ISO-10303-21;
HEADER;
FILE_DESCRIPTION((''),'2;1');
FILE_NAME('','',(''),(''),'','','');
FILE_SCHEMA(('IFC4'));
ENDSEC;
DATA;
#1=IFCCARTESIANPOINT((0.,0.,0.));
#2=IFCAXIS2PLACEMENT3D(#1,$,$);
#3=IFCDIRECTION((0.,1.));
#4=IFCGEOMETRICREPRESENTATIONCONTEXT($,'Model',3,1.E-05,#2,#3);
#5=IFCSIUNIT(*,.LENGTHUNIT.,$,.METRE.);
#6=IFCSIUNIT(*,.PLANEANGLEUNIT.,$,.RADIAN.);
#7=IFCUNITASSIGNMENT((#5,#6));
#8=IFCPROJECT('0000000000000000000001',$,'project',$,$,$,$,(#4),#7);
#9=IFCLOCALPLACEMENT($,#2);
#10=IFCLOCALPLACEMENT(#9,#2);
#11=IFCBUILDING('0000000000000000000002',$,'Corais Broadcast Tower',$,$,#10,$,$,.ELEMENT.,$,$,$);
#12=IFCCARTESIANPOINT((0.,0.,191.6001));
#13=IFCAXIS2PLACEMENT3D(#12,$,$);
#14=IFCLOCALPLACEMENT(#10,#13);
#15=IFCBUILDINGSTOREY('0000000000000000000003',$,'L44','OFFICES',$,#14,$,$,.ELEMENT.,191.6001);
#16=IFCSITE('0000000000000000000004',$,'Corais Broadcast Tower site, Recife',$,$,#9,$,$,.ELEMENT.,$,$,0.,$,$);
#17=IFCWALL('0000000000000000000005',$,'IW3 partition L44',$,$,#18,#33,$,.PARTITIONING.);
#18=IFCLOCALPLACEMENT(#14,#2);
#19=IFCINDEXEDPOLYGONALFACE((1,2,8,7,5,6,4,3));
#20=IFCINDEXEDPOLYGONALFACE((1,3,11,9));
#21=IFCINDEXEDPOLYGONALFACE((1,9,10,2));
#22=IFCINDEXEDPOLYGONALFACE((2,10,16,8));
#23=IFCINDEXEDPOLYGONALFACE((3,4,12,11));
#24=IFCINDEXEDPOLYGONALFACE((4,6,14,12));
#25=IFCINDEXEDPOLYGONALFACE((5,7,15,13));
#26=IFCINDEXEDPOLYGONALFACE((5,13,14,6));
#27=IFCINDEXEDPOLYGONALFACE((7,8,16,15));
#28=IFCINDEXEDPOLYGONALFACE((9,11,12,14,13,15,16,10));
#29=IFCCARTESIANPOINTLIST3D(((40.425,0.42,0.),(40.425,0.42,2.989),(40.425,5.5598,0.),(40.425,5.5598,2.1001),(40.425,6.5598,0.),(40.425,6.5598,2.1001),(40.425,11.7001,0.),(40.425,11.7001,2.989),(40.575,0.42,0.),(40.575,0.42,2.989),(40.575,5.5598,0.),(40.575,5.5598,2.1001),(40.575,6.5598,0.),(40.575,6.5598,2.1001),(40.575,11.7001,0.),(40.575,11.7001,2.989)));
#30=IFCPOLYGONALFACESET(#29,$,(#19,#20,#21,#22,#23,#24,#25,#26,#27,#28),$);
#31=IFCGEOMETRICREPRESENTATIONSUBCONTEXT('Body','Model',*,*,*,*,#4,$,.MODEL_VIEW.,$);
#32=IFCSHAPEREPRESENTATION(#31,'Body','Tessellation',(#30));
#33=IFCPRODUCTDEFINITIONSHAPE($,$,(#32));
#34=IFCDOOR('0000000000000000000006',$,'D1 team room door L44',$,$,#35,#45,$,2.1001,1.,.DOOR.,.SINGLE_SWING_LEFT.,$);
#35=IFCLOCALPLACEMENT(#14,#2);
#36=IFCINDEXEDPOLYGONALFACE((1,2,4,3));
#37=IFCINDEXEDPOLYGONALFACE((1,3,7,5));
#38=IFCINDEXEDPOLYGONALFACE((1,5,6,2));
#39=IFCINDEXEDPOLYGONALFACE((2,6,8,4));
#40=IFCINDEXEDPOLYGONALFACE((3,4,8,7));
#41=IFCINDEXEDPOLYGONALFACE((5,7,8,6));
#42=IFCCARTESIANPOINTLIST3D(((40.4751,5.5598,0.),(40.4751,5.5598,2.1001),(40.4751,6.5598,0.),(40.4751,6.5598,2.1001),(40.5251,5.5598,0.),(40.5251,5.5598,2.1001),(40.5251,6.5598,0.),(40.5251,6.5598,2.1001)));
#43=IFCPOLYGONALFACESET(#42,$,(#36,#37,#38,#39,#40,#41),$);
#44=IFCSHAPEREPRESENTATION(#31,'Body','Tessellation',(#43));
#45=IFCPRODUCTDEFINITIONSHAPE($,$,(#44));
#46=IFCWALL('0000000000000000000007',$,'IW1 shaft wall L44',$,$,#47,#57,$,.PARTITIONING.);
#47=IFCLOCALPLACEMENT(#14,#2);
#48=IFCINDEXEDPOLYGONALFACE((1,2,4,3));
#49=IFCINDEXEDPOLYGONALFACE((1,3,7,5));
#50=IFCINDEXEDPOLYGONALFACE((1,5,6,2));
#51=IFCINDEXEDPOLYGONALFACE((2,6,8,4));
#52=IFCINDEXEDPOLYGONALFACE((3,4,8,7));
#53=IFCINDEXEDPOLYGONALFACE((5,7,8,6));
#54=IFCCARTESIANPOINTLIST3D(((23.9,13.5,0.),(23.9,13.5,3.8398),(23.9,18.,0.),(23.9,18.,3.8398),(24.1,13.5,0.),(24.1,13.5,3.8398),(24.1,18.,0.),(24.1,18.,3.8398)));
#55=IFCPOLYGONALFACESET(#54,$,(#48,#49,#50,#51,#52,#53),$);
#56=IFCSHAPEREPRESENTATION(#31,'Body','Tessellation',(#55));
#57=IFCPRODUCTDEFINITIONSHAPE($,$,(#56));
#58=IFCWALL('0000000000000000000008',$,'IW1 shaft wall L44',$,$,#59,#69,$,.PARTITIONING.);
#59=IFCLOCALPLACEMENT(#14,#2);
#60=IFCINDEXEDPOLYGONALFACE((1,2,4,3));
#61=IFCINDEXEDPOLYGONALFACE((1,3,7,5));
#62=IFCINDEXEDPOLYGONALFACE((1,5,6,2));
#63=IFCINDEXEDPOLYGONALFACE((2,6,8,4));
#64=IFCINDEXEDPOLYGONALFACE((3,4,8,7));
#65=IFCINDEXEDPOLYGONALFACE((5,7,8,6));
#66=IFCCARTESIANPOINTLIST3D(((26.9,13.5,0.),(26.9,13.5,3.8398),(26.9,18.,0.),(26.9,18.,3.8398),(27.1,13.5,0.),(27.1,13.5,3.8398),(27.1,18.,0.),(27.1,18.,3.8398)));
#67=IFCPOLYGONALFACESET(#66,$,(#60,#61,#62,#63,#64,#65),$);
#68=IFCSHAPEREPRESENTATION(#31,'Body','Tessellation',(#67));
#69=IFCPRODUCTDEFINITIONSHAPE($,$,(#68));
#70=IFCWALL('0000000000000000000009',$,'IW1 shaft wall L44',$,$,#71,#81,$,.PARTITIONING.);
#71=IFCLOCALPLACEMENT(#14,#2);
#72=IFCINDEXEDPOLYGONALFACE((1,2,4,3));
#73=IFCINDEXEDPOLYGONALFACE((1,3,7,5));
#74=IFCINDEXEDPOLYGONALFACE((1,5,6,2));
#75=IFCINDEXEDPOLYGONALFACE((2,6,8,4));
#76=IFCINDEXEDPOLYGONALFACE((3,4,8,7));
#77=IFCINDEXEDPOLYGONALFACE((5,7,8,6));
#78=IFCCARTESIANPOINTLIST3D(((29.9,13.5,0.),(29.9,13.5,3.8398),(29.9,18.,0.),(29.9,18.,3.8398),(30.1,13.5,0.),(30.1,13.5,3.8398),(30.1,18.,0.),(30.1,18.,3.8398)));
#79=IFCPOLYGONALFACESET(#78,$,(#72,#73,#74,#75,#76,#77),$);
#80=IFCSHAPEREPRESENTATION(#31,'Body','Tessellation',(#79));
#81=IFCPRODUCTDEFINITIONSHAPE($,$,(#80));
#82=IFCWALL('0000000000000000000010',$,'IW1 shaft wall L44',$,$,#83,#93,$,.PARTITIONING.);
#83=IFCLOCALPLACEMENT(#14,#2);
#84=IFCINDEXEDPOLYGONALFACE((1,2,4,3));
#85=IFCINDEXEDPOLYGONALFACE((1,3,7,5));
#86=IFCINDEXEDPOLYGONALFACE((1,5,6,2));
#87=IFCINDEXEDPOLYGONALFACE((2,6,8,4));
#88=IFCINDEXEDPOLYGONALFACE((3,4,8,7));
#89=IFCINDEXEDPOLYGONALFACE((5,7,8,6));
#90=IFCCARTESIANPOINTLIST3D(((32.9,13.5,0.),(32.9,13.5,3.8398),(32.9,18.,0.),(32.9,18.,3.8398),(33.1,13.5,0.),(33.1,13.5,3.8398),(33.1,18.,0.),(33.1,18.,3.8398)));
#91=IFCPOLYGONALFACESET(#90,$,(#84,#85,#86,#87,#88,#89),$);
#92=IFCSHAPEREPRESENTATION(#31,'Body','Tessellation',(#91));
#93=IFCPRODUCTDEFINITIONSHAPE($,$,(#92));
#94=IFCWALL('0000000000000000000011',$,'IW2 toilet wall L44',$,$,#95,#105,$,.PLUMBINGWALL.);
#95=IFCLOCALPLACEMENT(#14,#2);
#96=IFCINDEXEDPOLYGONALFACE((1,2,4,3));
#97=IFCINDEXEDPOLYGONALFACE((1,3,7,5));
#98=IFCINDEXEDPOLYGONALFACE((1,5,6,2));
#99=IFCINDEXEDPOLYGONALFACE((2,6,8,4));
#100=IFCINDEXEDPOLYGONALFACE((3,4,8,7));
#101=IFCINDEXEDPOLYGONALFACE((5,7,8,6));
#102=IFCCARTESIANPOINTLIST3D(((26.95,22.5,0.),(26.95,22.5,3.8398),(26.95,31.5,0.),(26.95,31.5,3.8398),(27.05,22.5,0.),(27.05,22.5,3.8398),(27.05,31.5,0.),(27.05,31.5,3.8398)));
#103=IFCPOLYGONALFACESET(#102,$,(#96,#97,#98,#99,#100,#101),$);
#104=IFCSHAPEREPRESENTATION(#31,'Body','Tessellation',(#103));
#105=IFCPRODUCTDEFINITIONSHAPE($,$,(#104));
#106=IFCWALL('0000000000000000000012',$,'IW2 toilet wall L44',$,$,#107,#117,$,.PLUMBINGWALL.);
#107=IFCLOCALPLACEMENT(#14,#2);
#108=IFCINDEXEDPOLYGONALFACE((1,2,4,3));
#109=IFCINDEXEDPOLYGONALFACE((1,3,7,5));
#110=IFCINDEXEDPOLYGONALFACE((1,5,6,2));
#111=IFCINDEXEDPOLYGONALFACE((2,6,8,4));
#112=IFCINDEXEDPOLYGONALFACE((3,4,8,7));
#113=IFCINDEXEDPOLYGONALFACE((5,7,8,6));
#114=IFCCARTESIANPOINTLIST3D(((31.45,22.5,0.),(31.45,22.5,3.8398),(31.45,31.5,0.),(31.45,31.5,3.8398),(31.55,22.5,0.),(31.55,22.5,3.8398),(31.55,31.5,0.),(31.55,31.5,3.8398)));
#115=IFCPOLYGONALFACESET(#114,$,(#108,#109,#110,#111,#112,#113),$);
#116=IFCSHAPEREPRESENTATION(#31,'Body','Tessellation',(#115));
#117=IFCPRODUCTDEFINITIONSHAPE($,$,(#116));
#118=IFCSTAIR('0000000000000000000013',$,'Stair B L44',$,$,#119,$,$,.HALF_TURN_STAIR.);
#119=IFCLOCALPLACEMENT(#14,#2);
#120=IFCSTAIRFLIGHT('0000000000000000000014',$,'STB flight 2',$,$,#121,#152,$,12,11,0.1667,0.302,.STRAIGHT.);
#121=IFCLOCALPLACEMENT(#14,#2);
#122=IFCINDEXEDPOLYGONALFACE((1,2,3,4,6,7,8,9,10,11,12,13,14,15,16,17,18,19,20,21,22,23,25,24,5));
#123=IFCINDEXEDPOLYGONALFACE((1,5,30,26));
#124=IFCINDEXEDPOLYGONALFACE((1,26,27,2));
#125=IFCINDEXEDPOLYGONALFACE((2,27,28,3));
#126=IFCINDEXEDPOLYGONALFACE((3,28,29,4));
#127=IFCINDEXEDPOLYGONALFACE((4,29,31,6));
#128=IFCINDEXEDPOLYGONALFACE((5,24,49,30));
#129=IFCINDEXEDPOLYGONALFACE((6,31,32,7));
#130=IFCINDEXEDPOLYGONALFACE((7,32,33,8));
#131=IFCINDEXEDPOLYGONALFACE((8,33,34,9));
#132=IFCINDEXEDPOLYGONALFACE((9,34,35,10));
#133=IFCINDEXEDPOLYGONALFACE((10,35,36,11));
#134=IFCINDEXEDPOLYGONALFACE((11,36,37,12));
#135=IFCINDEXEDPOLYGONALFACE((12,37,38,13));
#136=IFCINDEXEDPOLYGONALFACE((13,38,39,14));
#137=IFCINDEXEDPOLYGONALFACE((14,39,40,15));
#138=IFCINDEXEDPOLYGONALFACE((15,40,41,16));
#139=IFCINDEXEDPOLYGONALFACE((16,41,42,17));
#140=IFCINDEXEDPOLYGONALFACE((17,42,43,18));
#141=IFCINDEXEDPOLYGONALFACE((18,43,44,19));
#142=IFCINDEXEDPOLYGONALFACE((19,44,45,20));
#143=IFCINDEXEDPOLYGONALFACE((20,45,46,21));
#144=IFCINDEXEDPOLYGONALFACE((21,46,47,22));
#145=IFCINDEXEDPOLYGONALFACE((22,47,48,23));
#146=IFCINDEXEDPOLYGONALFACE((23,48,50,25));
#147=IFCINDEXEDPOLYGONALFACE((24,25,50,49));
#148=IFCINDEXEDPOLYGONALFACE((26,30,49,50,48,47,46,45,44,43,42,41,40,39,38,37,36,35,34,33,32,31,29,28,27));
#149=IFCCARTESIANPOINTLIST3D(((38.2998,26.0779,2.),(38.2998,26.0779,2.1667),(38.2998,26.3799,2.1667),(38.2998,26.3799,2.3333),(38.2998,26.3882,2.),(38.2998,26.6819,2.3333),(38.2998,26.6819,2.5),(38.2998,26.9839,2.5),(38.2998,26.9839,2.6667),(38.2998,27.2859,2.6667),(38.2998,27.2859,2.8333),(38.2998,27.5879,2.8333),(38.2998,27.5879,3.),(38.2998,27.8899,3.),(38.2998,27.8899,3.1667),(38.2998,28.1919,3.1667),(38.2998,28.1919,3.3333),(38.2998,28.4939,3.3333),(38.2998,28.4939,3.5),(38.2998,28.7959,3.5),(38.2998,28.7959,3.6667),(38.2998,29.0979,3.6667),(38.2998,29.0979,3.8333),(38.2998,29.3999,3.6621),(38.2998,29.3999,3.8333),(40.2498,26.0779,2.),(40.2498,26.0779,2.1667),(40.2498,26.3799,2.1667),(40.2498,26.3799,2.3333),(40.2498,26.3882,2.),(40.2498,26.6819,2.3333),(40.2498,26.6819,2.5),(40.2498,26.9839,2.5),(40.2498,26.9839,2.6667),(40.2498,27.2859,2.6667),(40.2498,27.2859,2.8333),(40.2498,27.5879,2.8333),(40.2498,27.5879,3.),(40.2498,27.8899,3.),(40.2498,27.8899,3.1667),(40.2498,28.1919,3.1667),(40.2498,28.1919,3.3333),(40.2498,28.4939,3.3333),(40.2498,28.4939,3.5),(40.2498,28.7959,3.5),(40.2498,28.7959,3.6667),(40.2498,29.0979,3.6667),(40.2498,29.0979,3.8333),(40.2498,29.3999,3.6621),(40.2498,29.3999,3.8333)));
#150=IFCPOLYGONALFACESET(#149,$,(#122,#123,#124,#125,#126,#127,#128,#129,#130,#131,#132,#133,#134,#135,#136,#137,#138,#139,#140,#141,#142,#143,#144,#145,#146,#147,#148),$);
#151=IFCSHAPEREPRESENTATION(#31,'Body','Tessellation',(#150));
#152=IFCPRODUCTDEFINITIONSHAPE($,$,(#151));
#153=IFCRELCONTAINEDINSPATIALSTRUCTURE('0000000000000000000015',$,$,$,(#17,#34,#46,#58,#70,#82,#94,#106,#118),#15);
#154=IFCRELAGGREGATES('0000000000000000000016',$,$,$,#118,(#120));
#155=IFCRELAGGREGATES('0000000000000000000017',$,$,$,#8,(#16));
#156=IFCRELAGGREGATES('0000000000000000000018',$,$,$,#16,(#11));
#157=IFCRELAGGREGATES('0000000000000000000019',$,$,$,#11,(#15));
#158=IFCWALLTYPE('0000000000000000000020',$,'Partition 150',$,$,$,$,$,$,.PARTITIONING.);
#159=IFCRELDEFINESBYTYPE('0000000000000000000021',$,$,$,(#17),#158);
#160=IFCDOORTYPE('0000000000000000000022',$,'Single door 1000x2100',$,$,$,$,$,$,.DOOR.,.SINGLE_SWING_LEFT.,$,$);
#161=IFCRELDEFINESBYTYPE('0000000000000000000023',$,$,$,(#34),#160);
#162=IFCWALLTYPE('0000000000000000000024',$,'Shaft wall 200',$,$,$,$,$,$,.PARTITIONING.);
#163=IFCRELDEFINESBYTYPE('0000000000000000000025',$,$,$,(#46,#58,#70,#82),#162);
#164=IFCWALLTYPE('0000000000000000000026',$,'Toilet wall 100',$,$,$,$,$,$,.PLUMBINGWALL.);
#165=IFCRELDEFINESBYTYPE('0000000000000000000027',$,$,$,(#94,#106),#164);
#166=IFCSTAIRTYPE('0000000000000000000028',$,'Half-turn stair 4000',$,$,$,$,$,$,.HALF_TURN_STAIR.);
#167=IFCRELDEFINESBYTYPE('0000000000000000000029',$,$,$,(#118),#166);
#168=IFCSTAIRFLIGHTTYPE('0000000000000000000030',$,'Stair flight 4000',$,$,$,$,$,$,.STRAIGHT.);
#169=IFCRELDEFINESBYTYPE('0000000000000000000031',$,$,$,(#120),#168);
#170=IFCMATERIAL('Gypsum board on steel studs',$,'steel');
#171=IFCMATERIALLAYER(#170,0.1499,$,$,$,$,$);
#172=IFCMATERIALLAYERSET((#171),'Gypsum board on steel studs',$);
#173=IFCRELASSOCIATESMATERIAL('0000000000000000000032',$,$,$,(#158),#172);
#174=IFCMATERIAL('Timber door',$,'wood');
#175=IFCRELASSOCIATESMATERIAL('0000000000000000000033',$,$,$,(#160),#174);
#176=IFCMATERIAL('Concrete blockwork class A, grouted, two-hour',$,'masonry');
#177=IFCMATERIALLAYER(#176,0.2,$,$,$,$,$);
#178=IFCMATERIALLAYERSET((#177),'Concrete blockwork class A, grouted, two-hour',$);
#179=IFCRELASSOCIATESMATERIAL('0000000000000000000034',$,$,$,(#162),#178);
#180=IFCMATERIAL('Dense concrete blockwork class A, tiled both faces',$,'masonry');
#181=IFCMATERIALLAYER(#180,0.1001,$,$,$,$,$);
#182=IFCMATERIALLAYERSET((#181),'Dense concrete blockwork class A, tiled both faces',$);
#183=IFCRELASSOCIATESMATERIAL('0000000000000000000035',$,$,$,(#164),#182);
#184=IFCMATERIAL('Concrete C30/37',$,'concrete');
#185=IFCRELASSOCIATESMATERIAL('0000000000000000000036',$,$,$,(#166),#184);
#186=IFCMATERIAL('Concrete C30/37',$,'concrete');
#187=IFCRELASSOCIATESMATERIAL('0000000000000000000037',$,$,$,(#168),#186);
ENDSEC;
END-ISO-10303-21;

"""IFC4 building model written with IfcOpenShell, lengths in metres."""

from ifc_helpers import new_model, si_unit, direction, frame, frame_2d, origin, place, context, subcontext, project, spatial, polyline, rectangle, outline, extrude, material, layer, layer_set, type_object, element, fill, aggregate, save


model = new_model("IFC4")

# Units and contexts
model_context = context("Model", 3, precision=1e-05, world=origin(), true_north=direction((0.0, 1.0)))
body_context = subcontext(model_context, "Body", "Model", "MODEL_VIEW")
ifc_project = project(units=[si_unit("LENGTHUNIT", "METRE"), si_unit("PLANEANGLEUNIT", "RADIAN")], contexts=[model_context])

# Site, building, storey
site_placement = place(None, origin())
site = spatial("IfcSite", under=ifc_project, at=site_placement, Name="Corais Broadcast Tower site, Recife", CompositionType="ELEMENT", RefElevation=0.0)
building_placement = place(site_placement, origin())
building = spatial("IfcBuilding", under=site, at=building_placement, Name="Corais Broadcast Tower", CompositionType="ELEMENT")
storey_placement = place(building_placement, frame((0.0, 0.0, 191.6001)))
storey = spatial("IfcBuildingStorey", under=building, at=storey_placement, Name="L44", Description="OFFICES", CompositionType="ELEMENT", Elevation=191.6001)

# Shared definitions
ifc_material_1 = material(Name="Gypsum board on steel studs", Category="steel")
ifc_layer_1 = layer(ifc_material_1, 0.1499)
ifc_layer_set_1 = layer_set([ifc_layer_1], Name="Gypsum board on steel studs")
wall_type_1 = type_object("IfcWallType", Name="Partition 150", PredefinedType="PARTITIONING", material=ifc_layer_set_1)
ifc_material_2 = material(Name="Timber door", Category="wood")
door_type_1 = type_object("IfcDoorType", Name="Single door 1000x2100", OperationType="SINGLE_SWING_LEFT", PredefinedType="DOOR", material=ifc_material_2)

# Wall, opening, door
wall_1_placement = place(storey_placement, frame((40.5, 0.4199, 0.0), z_axis=(0.0, 0.0, 1.0), x_axis=(0.0, 1.0, 0.0)))
wall_1 = element("IfcWall", 1, at=wall_1_placement, inside=storey, type_object=wall_type_1, Name="IW3 partition L44", PredefinedType="PARTITIONING", context=body_context, shape_type="SweptSolid", body=[
    extrude(rectangle(XDim=11.28, YDim=0.1499, at=frame_2d((5.6401, 0.0))), origin(), (0.0, 0.0, 1.0), 2.989),
])
opening_1_placement = place(wall_1_placement, frame((5.1399, 0.0, 0.0)))
opening_1 = element("IfcOpeningElement", 2, at=opening_1_placement, cuts=wall_1, PredefinedType="OPENING", context=body_context, shape_type="SweptSolid", body=[
    extrude(rectangle(XDim=1.0, YDim=2.1001, at=frame_2d((0.5, 1.05))), frame((0.0, 0.085, 0.0), z_axis=(0.0, -1.0, 0.0), x_axis=(1.0, 0.0, 0.0)), (0.0, 0.0, 1.0), 0.1699),
])
door_1_placement = place(opening_1_placement, origin())
door_1 = element("IfcDoor", 3, at=door_1_placement, inside=storey, type_object=door_type_1, Name="D1 team room door L44", OperationType="SINGLE_SWING_LEFT", OverallHeight=2.1001, OverallWidth=1.0, PredefinedType="DOOR", context=body_context, shape_type="SweptSolid", body=[
    extrude(rectangle(XDim=1.0, YDim=2.1001, at=frame_2d((0.5, 1.05))), frame((0.0, 0.0249, 0.0), z_axis=(0.0, -1.0, 0.0), x_axis=(1.0, 0.0, 0.0)), (0.0, 0.0, 1.0), 0.05),
])
fill(opening_1, door_1)

# Walls
ifc_material_3 = material(Name="Concrete blockwork class A, grouted, two-hour", Category="masonry")
ifc_layer_2 = layer(ifc_material_3, 0.2)
ifc_layer_set_2 = layer_set([ifc_layer_2], Name="Concrete blockwork class A, grouted, two-hour")
wall_type_2 = type_object("IfcWallType", Name="Shaft wall 200", PredefinedType="PARTITIONING", material=ifc_layer_set_2)
for number, where, z_axis, x_axis, name in (
    (4, (24.0, 13.5, 0.0), (0.0, 0.0, 1.0), (0.0, 1.0, 0.0), "IW1 shaft wall L44"),
    (5, (27.0, 13.5, 0.0), (0.0, 0.0, 1.0), (0.0, 1.0, 0.0), "IW1 shaft wall L44"),
    (6, (30.0, 13.5, 0.0), (0.0, 0.0, 1.0), (0.0, 1.0, 0.0), "IW1 shaft wall L44"),
    (7, (33.0, 13.5, 0.0), (0.0, 0.0, 1.0), (0.0, 1.0, 0.0), "IW1 shaft wall L44"),
):
    element("IfcWall", number, at=place(storey_placement, frame(where, z_axis=z_axis, x_axis=x_axis)), inside=storey, type_object=wall_type_2, Name=name, PredefinedType="PARTITIONING", context=body_context, shape_type="SweptSolid", body=[
        extrude(rectangle(XDim=4.5, YDim=0.2, at=frame_2d((2.25, 0.0))), origin(), (0.0, 0.0, 1.0), 3.8398),
    ])
ifc_material_4 = material(Name="Dense concrete blockwork class A, tiled both faces", Category="masonry")
ifc_layer_3 = layer(ifc_material_4, 0.1001)
ifc_layer_set_3 = layer_set([ifc_layer_3], Name="Dense concrete blockwork class A, tiled both faces")
wall_type_3 = type_object("IfcWallType", Name="Toilet wall 100", PredefinedType="PLUMBINGWALL", material=ifc_layer_set_3)
for number, where, z_axis, x_axis, name in (
    (8, (27.0, 22.5, 0.0), (0.0, 0.0, 1.0), (0.0, 1.0, 0.0), "IW2 toilet wall L44"),
    (9, (31.5, 22.5, 0.0), (0.0, 0.0, 1.0), (0.0, 1.0, 0.0), "IW2 toilet wall L44"),
):
    element("IfcWall", number, at=place(storey_placement, frame(where, z_axis=z_axis, x_axis=x_axis)), inside=storey, type_object=wall_type_3, Name=name, PredefinedType="PLUMBINGWALL", context=body_context, shape_type="SweptSolid", body=[
        extrude(rectangle(XDim=9.0, YDim=0.1001, at=frame_2d((4.5, 0.0))), origin(), (0.0, 0.0, 1.0), 3.8398),
    ])

# Stair, stair flight
ifc_material_5 = material(Name="Concrete C30/37", Category="concrete")
stair_type = type_object("IfcStairType", Name="Half-turn stair 4000", PredefinedType="HALF_TURN_STAIR", material=ifc_material_5)
stair_placement = place(storey_placement, origin())
stair = element("IfcStair", 10, at=stair_placement, inside=storey, type_object=stair_type, Name="Stair B L44", PredefinedType="HALF_TURN_STAIR")
ifc_material_6 = material(Name="Concrete C30/37", Category="concrete")
stair_flight_type = type_object("IfcStairFlightType", Name="Stair flight 4000", PredefinedType="STRAIGHT", material=ifc_material_6)
stair_flight_placement = place(storey_placement, frame((39.2749, 26.0779, 2.0), z_axis=(0.0, 0.0, 1.0), x_axis=(0.0, 1.0, 0.0)))
stair_flight = element("IfcStairFlight", 11, at=stair_flight_placement, type_object=stair_flight_type, Name="STB flight 2", NumberOfRisers=12, NumberOfTreads=11, PredefinedType="STRAIGHT", RiserHeight=0.1667, TreadLength=0.302, context=body_context, shape_type="SweptSolid", body=[
    extrude(outline(polyline([(0.0, 0.0), (0.0, 0.1667), (0.302, 0.1667), (0.302, 0.3333), (0.604, 0.3333), (0.604, 0.5), (0.906, 0.5), (0.906, 0.6667), (1.208, 0.6667), (1.208, 0.8333), (1.51, 0.8333), (1.51, 1.0), (1.812, 1.0), (1.812, 1.1667), (2.114, 1.1667), (2.114, 1.3333), (2.416, 1.3333), (2.416, 1.5), (2.718, 1.5), (2.718, 1.6667), (3.02, 1.6667), (3.02, 1.8333), (3.322, 1.8333), (3.322, 2.0), (3.322, 1.6621), (0.3103, 0.0), (0.0, 0.0)])), frame((0.0, 0.9751, 0.0), z_axis=(0.0, -1.0, 0.0), x_axis=(1.0, 0.0, 0.0)), (0.0, 0.0, 1.0), 1.95),
])
aggregate(stair, [stair_flight])

save(model, "model.ifc")
